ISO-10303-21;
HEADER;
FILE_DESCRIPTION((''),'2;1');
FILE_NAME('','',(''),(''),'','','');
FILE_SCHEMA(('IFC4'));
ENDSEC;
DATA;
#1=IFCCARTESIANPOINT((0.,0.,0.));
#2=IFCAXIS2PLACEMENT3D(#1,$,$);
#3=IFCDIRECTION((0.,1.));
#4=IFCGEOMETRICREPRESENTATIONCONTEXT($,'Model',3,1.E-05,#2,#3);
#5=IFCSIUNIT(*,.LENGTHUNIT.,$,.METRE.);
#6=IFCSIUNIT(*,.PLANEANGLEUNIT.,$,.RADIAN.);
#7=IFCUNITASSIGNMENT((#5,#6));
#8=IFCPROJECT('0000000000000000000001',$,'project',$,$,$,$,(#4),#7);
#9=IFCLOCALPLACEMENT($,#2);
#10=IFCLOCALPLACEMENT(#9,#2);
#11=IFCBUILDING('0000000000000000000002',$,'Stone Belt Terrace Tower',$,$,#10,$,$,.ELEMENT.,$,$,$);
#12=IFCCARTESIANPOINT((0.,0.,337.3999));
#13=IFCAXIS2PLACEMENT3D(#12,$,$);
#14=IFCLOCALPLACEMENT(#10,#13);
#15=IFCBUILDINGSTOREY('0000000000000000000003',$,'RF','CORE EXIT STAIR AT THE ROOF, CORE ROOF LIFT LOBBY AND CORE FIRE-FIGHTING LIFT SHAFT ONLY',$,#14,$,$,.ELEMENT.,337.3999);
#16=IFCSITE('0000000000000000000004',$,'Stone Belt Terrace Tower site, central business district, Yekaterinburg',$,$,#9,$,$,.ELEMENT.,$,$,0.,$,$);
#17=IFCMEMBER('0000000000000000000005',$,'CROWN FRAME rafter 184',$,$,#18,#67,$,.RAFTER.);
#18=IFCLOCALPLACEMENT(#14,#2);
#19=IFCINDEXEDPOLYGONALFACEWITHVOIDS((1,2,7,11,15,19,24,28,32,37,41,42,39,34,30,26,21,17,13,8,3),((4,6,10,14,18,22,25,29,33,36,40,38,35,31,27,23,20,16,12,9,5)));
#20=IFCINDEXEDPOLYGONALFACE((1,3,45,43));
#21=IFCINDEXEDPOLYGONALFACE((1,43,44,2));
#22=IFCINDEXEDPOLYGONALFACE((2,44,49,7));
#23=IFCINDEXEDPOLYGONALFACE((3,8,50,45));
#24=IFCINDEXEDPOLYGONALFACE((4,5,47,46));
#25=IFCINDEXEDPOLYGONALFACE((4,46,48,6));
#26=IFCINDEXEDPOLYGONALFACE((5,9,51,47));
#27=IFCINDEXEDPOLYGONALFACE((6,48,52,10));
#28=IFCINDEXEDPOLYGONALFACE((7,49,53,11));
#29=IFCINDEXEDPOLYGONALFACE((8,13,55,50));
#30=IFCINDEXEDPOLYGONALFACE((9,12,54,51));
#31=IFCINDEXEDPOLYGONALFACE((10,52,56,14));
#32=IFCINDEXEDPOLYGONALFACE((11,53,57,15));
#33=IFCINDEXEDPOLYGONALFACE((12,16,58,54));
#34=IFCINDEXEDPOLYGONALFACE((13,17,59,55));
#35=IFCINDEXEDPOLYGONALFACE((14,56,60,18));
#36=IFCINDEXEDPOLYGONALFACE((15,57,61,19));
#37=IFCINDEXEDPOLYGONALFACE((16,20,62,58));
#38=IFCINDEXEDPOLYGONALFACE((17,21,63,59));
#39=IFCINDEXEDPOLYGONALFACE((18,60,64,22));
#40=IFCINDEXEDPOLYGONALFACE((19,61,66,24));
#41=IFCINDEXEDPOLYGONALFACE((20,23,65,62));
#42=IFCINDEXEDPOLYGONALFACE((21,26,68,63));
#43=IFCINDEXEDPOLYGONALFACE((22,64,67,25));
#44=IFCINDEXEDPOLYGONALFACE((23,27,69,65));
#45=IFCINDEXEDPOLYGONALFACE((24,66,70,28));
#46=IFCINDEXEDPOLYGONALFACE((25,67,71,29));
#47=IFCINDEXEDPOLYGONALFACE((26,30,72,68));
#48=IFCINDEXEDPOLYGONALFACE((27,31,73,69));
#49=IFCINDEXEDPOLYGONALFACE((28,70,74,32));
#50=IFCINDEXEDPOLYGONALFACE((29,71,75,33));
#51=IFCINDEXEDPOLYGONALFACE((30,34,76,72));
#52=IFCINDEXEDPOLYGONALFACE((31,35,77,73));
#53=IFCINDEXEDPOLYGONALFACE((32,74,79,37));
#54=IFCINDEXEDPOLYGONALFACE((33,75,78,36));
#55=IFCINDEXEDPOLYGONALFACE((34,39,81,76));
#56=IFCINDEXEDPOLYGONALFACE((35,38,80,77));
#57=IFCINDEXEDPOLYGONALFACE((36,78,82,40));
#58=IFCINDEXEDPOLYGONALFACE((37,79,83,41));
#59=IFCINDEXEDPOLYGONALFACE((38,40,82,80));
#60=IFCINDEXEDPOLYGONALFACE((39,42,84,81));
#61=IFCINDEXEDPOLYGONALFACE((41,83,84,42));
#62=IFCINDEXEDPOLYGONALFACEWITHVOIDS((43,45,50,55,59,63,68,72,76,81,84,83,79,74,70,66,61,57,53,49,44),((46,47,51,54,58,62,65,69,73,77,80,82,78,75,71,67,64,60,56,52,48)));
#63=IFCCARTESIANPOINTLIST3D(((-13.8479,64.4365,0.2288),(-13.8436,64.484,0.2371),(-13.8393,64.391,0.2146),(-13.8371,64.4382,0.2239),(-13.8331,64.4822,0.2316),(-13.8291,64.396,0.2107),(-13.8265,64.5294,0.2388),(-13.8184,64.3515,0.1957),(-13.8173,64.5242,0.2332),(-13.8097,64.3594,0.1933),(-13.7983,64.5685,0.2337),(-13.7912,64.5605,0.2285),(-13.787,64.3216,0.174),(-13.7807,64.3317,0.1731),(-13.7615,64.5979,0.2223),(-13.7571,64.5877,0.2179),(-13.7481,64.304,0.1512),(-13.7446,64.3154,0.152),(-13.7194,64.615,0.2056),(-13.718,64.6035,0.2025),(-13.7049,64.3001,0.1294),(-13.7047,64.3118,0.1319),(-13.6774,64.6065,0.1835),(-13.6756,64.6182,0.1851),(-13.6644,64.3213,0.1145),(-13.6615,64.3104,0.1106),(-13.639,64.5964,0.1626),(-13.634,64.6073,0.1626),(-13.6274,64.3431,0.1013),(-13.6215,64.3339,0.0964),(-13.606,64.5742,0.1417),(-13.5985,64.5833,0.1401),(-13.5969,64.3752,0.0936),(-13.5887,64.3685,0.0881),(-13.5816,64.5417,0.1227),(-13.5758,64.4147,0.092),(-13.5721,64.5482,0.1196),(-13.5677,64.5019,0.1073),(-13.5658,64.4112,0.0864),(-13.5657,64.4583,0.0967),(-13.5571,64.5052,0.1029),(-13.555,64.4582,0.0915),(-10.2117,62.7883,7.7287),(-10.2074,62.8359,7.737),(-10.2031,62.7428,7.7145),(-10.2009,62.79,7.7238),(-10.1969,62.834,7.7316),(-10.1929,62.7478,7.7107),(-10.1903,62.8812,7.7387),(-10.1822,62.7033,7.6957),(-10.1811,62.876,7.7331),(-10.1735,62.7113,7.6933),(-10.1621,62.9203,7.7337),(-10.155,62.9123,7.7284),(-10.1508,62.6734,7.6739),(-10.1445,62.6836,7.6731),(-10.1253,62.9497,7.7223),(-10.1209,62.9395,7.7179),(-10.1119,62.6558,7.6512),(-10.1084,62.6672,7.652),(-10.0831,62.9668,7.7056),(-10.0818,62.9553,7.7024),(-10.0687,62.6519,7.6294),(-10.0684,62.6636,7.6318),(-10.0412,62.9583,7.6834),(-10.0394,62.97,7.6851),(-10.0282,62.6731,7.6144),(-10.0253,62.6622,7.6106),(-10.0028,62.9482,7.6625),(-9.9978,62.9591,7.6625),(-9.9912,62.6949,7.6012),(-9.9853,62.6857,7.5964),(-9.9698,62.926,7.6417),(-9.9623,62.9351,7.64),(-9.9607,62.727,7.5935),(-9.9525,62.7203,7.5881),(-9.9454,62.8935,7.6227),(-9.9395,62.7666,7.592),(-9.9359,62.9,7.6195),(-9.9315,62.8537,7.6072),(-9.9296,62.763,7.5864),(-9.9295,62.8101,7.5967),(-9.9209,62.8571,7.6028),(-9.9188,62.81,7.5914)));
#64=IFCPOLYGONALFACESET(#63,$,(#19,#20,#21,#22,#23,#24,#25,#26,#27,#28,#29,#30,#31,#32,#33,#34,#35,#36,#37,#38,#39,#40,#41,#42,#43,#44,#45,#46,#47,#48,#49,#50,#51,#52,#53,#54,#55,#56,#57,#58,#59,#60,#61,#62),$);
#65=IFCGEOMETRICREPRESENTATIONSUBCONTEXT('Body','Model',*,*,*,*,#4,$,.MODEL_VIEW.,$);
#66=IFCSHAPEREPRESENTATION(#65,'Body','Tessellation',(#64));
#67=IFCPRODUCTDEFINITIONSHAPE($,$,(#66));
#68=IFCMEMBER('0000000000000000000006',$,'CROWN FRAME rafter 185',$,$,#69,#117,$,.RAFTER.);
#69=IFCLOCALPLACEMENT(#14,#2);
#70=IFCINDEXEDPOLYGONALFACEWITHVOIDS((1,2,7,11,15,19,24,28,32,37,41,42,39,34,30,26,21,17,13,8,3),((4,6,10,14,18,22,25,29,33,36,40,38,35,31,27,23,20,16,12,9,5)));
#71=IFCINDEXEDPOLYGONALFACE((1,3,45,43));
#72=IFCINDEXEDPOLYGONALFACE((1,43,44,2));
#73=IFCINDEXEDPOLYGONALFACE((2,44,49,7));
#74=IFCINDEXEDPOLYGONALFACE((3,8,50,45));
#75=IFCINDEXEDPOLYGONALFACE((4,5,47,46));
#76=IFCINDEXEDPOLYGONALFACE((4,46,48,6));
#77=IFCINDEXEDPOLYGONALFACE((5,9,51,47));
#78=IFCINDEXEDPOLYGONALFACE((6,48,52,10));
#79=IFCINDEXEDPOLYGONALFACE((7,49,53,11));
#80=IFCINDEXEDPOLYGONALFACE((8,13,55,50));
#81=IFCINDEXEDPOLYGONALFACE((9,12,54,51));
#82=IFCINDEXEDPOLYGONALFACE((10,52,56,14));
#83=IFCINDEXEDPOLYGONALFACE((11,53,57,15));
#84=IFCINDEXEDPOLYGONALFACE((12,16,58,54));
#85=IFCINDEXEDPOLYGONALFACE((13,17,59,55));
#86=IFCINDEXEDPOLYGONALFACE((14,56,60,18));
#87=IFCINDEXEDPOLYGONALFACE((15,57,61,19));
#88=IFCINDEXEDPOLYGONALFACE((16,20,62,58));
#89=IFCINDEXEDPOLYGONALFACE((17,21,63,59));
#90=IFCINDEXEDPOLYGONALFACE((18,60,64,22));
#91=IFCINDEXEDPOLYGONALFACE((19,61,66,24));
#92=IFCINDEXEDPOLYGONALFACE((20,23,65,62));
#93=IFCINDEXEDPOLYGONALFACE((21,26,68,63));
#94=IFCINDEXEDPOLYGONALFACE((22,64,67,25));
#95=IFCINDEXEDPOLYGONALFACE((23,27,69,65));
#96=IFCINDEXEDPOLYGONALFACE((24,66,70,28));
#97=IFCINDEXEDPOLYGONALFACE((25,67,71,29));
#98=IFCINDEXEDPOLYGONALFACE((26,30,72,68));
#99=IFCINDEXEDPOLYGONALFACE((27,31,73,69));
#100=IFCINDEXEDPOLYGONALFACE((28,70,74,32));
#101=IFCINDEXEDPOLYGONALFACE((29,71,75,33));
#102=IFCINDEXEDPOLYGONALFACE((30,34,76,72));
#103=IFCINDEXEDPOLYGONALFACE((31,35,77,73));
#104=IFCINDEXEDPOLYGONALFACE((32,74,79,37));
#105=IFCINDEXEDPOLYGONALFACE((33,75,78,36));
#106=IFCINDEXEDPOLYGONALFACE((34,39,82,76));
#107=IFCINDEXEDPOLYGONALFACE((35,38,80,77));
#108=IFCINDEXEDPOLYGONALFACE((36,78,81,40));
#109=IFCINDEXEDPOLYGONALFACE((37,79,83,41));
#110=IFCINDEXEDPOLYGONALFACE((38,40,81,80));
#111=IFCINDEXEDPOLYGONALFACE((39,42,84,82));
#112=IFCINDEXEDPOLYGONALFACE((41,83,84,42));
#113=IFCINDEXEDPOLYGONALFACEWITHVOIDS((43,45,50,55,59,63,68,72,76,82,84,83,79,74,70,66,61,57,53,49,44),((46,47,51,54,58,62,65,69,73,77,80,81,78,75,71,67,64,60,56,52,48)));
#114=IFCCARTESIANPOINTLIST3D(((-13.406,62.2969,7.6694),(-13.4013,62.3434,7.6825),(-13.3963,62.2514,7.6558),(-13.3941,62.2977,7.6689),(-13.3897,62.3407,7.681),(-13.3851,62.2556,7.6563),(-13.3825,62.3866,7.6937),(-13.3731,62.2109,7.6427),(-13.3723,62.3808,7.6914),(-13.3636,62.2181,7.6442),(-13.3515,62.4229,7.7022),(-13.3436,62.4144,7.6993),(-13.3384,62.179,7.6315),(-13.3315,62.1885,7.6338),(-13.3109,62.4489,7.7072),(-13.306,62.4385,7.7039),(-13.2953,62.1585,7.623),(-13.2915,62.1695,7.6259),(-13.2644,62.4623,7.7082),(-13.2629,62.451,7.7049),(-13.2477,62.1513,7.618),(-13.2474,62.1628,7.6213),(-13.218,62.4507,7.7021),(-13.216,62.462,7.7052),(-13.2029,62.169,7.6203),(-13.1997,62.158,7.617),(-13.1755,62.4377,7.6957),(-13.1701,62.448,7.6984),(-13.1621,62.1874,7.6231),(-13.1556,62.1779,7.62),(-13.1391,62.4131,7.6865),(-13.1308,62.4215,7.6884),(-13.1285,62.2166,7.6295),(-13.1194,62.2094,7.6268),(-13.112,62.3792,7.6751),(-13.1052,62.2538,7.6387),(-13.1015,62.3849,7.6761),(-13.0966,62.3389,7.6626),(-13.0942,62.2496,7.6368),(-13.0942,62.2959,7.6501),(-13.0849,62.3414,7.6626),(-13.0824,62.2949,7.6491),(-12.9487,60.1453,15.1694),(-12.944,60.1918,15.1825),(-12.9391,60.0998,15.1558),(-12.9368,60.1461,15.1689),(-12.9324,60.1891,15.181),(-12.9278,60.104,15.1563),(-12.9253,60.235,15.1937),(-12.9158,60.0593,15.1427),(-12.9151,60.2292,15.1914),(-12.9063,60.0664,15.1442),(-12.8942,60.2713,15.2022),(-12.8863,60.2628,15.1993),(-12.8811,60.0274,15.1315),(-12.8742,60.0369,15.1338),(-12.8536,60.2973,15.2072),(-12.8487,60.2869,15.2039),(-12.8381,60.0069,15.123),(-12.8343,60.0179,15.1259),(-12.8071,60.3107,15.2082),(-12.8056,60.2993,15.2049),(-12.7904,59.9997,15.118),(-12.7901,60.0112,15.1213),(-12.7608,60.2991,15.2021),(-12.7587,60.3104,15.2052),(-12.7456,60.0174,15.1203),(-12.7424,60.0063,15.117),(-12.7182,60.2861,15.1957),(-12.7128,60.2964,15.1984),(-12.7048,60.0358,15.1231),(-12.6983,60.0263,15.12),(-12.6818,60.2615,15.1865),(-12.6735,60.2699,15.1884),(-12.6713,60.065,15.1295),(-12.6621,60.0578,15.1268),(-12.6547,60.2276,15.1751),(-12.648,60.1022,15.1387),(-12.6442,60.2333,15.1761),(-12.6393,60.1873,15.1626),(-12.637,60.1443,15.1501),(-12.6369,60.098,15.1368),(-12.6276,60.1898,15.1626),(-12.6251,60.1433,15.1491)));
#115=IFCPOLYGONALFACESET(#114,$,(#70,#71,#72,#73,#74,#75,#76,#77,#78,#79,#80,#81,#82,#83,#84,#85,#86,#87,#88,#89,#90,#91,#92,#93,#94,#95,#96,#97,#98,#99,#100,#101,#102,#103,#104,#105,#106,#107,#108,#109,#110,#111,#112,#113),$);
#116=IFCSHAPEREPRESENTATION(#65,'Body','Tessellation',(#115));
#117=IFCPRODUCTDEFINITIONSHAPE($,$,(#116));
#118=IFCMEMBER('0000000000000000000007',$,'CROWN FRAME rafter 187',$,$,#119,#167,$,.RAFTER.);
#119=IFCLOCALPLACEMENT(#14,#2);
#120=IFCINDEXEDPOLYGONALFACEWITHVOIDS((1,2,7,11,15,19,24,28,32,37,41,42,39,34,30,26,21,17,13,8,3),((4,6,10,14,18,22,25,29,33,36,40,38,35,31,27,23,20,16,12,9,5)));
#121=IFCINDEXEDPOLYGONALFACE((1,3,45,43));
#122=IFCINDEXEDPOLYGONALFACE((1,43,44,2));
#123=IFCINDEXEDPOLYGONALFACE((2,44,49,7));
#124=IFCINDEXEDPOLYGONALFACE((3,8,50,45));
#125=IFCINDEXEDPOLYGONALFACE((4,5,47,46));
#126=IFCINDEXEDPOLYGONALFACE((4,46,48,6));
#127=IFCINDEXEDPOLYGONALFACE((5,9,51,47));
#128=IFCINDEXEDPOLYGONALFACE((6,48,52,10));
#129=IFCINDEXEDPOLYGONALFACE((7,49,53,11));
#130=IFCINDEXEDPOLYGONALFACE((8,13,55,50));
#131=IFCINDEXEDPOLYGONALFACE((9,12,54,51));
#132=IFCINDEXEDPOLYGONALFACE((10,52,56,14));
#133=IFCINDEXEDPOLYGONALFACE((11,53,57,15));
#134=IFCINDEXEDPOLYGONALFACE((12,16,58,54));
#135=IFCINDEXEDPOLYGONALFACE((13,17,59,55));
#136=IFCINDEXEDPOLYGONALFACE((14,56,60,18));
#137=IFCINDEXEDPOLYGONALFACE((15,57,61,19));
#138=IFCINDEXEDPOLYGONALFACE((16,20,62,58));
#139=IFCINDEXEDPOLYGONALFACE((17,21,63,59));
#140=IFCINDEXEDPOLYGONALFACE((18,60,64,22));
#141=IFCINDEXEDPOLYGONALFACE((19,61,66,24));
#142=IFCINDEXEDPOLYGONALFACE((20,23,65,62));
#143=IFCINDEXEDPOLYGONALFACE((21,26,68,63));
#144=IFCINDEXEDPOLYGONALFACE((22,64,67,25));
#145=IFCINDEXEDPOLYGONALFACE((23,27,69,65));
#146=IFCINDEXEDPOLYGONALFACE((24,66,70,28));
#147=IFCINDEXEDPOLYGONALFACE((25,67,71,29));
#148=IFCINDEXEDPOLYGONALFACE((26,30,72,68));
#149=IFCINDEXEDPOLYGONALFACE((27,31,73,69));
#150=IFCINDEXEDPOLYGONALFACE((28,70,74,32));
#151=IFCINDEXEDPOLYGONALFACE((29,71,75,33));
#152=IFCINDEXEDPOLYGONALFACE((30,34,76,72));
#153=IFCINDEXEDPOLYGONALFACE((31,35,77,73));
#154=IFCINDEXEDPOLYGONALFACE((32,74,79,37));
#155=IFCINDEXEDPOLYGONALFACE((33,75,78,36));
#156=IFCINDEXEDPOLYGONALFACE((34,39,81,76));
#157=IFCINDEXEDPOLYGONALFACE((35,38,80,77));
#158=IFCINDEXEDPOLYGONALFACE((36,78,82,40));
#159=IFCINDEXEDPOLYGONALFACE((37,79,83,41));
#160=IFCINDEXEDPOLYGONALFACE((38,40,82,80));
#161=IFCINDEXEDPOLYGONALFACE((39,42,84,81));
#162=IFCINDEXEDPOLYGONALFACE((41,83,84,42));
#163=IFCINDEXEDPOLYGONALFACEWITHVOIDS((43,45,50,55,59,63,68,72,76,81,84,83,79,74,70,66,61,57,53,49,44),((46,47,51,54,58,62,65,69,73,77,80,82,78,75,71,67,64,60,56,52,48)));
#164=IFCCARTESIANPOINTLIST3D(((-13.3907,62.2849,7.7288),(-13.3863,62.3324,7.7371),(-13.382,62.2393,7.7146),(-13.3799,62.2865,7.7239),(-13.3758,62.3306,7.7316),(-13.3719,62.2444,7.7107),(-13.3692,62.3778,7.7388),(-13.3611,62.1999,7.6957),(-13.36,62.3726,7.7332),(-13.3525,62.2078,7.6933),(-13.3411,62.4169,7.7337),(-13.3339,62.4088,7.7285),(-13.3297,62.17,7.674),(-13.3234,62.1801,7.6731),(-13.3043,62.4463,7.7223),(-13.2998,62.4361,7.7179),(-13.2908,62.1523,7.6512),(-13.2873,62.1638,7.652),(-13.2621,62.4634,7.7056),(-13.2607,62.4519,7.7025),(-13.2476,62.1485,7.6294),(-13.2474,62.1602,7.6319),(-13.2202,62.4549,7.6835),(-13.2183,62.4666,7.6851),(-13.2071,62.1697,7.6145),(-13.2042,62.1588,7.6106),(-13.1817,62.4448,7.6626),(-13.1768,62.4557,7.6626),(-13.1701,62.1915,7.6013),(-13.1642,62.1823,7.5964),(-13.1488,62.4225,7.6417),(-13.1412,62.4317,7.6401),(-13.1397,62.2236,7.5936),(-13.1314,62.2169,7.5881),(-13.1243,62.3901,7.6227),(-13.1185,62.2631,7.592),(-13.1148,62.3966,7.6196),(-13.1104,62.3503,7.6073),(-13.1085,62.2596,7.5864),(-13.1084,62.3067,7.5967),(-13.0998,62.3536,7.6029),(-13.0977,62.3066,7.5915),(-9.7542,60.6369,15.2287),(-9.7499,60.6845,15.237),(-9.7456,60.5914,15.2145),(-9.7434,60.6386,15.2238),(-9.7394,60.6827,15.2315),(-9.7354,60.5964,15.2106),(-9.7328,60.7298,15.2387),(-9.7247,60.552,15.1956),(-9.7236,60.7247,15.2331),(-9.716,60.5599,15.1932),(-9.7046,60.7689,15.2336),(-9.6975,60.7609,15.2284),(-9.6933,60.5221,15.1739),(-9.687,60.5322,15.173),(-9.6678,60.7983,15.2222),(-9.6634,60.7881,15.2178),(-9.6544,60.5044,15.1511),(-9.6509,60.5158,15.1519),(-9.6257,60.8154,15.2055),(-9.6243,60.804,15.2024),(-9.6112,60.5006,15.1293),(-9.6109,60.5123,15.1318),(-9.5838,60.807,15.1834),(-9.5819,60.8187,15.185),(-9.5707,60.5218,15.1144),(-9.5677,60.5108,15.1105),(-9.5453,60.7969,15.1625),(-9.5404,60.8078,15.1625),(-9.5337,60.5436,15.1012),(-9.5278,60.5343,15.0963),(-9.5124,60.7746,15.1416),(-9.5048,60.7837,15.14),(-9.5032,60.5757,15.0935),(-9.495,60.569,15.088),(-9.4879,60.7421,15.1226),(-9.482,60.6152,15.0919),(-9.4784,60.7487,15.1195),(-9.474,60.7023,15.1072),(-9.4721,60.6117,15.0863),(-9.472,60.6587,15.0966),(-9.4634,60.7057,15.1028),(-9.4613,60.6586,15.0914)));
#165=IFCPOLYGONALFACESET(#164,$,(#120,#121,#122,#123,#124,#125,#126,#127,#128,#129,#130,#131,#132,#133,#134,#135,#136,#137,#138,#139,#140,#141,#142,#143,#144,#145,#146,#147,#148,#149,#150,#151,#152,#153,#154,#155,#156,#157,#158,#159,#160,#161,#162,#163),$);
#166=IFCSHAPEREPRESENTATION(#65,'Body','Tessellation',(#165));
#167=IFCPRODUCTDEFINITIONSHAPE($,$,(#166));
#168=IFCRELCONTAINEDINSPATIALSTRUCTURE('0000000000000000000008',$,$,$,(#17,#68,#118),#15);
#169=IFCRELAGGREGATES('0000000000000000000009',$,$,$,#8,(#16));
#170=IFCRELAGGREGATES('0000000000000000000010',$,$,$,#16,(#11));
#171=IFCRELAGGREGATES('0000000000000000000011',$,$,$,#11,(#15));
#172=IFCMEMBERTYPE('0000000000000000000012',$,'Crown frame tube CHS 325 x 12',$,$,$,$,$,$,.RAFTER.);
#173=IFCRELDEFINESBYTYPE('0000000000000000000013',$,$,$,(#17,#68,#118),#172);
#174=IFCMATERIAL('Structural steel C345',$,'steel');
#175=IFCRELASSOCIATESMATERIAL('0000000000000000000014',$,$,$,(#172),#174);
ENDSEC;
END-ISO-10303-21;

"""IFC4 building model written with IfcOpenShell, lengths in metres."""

from ifc_helpers import new_model, si_unit, direction, frame, origin, origin_2d, place, context, subcontext, project, spatial, hollow_circle, extrude, material, material_profile, profile_set, type_object, element, save


model = new_model("IFC4")

# Units and contexts
model_context = context("Model", 3, precision=1e-05, world=origin(), true_north=direction((0.0, 1.0)))
body_context = subcontext(model_context, "Body", "Model", "MODEL_VIEW")
ifc_project = project(units=[si_unit("LENGTHUNIT", "METRE"), si_unit("PLANEANGLEUNIT", "RADIAN")], contexts=[model_context])

# Site, building, storey
site_placement = place(None, origin())
site = spatial("IfcSite", under=ifc_project, at=site_placement, Name="Stone Belt Terrace Tower site, central business district, Yekaterinburg", CompositionType="ELEMENT", RefElevation=0.0)
building_placement = place(site_placement, origin())
building = spatial("IfcBuilding", under=site, at=building_placement, Name="Stone Belt Terrace Tower", CompositionType="ELEMENT")
storey_placement = place(building_placement, frame((0.0, 0.0, 337.3999)))
storey = spatial("IfcBuildingStorey", under=building, at=storey_placement, Name="RF", Description="CORE EXIT STAIR AT THE ROOF, CORE ROOF LIFT LOBBY AND CORE FIRE-FIGHTING LIFT SHAFT ONLY", CompositionType="ELEMENT", Elevation=337.3999)

# Members
ifc_material_1 = material(Name="Structural steel C345", Category="steel")
ifc_material_profile_1 = material_profile(ifc_material_1, hollow_circle(Radius=0.1626, WallThickness=0.012, at=origin_2d()), Name="Structural steel C345 CHS 325x12")
ifc_profile_set_1 = profile_set([ifc_material_profile_1], Name="Structural steel C345")
member_type_1 = type_object("IfcMemberType", Name="Crown frame tube CHS 325 x 12", PredefinedType="RAFTER", material=ifc_profile_set_1)
member_1_placement = place(storey_placement, frame((-13.7012, 64.4592, 0.1626), z_axis=(0.427973, -0.193987, 0.882727), x_axis=(0.41284, 0.910804, 0.0)))
element("IfcMember", 1, at=member_1_placement, inside=storey, type_object=member_type_1, Name="CROWN FRAME rafter 184", PredefinedType="RAFTER", context=body_context, shape_type="SweptSolid", body=[
    extrude(hollow_circle(Radius=0.1626, WallThickness=0.012, at=origin_2d()), origin(), (0.0, 0.0, 1.0), 8.4963),
])
member_2_placement = place(storey_placement, frame((-13.2439, 62.3076, 7.6626), z_axis=(0.058506, -0.275286, 0.959581), x_axis=(0.978153, 0.207884, 0.0)))
element("IfcMember", 2, at=member_2_placement, inside=storey, type_object=member_type_1, Name="CROWN FRAME rafter 185", PredefinedType="RAFTER", context=body_context, shape_type="SweptSolid", body=[
    extrude(hollow_circle(Radius=0.1626, WallThickness=0.012, at=origin_2d()), origin(), (0.0, 0.0, 1.0), 7.8159),
])
member_3_placement = place(storey_placement, frame((-13.2439, 62.3076, 7.6626), z_axis=(0.427999, -0.193957, 0.882721), x_axis=(0.412766, 0.910837, 0.0)))
element("IfcMember", 3, at=member_3_placement, inside=storey, type_object=member_type_1, Name="CROWN FRAME rafter 187", PredefinedType="RAFTER", context=body_context, shape_type="SweptSolid", body=[
    extrude(hollow_circle(Radius=0.1626, WallThickness=0.012, at=origin_2d()), origin(), (0.0, 0.0, 1.0), 8.4963),
])

save(model, "model.ifc")
